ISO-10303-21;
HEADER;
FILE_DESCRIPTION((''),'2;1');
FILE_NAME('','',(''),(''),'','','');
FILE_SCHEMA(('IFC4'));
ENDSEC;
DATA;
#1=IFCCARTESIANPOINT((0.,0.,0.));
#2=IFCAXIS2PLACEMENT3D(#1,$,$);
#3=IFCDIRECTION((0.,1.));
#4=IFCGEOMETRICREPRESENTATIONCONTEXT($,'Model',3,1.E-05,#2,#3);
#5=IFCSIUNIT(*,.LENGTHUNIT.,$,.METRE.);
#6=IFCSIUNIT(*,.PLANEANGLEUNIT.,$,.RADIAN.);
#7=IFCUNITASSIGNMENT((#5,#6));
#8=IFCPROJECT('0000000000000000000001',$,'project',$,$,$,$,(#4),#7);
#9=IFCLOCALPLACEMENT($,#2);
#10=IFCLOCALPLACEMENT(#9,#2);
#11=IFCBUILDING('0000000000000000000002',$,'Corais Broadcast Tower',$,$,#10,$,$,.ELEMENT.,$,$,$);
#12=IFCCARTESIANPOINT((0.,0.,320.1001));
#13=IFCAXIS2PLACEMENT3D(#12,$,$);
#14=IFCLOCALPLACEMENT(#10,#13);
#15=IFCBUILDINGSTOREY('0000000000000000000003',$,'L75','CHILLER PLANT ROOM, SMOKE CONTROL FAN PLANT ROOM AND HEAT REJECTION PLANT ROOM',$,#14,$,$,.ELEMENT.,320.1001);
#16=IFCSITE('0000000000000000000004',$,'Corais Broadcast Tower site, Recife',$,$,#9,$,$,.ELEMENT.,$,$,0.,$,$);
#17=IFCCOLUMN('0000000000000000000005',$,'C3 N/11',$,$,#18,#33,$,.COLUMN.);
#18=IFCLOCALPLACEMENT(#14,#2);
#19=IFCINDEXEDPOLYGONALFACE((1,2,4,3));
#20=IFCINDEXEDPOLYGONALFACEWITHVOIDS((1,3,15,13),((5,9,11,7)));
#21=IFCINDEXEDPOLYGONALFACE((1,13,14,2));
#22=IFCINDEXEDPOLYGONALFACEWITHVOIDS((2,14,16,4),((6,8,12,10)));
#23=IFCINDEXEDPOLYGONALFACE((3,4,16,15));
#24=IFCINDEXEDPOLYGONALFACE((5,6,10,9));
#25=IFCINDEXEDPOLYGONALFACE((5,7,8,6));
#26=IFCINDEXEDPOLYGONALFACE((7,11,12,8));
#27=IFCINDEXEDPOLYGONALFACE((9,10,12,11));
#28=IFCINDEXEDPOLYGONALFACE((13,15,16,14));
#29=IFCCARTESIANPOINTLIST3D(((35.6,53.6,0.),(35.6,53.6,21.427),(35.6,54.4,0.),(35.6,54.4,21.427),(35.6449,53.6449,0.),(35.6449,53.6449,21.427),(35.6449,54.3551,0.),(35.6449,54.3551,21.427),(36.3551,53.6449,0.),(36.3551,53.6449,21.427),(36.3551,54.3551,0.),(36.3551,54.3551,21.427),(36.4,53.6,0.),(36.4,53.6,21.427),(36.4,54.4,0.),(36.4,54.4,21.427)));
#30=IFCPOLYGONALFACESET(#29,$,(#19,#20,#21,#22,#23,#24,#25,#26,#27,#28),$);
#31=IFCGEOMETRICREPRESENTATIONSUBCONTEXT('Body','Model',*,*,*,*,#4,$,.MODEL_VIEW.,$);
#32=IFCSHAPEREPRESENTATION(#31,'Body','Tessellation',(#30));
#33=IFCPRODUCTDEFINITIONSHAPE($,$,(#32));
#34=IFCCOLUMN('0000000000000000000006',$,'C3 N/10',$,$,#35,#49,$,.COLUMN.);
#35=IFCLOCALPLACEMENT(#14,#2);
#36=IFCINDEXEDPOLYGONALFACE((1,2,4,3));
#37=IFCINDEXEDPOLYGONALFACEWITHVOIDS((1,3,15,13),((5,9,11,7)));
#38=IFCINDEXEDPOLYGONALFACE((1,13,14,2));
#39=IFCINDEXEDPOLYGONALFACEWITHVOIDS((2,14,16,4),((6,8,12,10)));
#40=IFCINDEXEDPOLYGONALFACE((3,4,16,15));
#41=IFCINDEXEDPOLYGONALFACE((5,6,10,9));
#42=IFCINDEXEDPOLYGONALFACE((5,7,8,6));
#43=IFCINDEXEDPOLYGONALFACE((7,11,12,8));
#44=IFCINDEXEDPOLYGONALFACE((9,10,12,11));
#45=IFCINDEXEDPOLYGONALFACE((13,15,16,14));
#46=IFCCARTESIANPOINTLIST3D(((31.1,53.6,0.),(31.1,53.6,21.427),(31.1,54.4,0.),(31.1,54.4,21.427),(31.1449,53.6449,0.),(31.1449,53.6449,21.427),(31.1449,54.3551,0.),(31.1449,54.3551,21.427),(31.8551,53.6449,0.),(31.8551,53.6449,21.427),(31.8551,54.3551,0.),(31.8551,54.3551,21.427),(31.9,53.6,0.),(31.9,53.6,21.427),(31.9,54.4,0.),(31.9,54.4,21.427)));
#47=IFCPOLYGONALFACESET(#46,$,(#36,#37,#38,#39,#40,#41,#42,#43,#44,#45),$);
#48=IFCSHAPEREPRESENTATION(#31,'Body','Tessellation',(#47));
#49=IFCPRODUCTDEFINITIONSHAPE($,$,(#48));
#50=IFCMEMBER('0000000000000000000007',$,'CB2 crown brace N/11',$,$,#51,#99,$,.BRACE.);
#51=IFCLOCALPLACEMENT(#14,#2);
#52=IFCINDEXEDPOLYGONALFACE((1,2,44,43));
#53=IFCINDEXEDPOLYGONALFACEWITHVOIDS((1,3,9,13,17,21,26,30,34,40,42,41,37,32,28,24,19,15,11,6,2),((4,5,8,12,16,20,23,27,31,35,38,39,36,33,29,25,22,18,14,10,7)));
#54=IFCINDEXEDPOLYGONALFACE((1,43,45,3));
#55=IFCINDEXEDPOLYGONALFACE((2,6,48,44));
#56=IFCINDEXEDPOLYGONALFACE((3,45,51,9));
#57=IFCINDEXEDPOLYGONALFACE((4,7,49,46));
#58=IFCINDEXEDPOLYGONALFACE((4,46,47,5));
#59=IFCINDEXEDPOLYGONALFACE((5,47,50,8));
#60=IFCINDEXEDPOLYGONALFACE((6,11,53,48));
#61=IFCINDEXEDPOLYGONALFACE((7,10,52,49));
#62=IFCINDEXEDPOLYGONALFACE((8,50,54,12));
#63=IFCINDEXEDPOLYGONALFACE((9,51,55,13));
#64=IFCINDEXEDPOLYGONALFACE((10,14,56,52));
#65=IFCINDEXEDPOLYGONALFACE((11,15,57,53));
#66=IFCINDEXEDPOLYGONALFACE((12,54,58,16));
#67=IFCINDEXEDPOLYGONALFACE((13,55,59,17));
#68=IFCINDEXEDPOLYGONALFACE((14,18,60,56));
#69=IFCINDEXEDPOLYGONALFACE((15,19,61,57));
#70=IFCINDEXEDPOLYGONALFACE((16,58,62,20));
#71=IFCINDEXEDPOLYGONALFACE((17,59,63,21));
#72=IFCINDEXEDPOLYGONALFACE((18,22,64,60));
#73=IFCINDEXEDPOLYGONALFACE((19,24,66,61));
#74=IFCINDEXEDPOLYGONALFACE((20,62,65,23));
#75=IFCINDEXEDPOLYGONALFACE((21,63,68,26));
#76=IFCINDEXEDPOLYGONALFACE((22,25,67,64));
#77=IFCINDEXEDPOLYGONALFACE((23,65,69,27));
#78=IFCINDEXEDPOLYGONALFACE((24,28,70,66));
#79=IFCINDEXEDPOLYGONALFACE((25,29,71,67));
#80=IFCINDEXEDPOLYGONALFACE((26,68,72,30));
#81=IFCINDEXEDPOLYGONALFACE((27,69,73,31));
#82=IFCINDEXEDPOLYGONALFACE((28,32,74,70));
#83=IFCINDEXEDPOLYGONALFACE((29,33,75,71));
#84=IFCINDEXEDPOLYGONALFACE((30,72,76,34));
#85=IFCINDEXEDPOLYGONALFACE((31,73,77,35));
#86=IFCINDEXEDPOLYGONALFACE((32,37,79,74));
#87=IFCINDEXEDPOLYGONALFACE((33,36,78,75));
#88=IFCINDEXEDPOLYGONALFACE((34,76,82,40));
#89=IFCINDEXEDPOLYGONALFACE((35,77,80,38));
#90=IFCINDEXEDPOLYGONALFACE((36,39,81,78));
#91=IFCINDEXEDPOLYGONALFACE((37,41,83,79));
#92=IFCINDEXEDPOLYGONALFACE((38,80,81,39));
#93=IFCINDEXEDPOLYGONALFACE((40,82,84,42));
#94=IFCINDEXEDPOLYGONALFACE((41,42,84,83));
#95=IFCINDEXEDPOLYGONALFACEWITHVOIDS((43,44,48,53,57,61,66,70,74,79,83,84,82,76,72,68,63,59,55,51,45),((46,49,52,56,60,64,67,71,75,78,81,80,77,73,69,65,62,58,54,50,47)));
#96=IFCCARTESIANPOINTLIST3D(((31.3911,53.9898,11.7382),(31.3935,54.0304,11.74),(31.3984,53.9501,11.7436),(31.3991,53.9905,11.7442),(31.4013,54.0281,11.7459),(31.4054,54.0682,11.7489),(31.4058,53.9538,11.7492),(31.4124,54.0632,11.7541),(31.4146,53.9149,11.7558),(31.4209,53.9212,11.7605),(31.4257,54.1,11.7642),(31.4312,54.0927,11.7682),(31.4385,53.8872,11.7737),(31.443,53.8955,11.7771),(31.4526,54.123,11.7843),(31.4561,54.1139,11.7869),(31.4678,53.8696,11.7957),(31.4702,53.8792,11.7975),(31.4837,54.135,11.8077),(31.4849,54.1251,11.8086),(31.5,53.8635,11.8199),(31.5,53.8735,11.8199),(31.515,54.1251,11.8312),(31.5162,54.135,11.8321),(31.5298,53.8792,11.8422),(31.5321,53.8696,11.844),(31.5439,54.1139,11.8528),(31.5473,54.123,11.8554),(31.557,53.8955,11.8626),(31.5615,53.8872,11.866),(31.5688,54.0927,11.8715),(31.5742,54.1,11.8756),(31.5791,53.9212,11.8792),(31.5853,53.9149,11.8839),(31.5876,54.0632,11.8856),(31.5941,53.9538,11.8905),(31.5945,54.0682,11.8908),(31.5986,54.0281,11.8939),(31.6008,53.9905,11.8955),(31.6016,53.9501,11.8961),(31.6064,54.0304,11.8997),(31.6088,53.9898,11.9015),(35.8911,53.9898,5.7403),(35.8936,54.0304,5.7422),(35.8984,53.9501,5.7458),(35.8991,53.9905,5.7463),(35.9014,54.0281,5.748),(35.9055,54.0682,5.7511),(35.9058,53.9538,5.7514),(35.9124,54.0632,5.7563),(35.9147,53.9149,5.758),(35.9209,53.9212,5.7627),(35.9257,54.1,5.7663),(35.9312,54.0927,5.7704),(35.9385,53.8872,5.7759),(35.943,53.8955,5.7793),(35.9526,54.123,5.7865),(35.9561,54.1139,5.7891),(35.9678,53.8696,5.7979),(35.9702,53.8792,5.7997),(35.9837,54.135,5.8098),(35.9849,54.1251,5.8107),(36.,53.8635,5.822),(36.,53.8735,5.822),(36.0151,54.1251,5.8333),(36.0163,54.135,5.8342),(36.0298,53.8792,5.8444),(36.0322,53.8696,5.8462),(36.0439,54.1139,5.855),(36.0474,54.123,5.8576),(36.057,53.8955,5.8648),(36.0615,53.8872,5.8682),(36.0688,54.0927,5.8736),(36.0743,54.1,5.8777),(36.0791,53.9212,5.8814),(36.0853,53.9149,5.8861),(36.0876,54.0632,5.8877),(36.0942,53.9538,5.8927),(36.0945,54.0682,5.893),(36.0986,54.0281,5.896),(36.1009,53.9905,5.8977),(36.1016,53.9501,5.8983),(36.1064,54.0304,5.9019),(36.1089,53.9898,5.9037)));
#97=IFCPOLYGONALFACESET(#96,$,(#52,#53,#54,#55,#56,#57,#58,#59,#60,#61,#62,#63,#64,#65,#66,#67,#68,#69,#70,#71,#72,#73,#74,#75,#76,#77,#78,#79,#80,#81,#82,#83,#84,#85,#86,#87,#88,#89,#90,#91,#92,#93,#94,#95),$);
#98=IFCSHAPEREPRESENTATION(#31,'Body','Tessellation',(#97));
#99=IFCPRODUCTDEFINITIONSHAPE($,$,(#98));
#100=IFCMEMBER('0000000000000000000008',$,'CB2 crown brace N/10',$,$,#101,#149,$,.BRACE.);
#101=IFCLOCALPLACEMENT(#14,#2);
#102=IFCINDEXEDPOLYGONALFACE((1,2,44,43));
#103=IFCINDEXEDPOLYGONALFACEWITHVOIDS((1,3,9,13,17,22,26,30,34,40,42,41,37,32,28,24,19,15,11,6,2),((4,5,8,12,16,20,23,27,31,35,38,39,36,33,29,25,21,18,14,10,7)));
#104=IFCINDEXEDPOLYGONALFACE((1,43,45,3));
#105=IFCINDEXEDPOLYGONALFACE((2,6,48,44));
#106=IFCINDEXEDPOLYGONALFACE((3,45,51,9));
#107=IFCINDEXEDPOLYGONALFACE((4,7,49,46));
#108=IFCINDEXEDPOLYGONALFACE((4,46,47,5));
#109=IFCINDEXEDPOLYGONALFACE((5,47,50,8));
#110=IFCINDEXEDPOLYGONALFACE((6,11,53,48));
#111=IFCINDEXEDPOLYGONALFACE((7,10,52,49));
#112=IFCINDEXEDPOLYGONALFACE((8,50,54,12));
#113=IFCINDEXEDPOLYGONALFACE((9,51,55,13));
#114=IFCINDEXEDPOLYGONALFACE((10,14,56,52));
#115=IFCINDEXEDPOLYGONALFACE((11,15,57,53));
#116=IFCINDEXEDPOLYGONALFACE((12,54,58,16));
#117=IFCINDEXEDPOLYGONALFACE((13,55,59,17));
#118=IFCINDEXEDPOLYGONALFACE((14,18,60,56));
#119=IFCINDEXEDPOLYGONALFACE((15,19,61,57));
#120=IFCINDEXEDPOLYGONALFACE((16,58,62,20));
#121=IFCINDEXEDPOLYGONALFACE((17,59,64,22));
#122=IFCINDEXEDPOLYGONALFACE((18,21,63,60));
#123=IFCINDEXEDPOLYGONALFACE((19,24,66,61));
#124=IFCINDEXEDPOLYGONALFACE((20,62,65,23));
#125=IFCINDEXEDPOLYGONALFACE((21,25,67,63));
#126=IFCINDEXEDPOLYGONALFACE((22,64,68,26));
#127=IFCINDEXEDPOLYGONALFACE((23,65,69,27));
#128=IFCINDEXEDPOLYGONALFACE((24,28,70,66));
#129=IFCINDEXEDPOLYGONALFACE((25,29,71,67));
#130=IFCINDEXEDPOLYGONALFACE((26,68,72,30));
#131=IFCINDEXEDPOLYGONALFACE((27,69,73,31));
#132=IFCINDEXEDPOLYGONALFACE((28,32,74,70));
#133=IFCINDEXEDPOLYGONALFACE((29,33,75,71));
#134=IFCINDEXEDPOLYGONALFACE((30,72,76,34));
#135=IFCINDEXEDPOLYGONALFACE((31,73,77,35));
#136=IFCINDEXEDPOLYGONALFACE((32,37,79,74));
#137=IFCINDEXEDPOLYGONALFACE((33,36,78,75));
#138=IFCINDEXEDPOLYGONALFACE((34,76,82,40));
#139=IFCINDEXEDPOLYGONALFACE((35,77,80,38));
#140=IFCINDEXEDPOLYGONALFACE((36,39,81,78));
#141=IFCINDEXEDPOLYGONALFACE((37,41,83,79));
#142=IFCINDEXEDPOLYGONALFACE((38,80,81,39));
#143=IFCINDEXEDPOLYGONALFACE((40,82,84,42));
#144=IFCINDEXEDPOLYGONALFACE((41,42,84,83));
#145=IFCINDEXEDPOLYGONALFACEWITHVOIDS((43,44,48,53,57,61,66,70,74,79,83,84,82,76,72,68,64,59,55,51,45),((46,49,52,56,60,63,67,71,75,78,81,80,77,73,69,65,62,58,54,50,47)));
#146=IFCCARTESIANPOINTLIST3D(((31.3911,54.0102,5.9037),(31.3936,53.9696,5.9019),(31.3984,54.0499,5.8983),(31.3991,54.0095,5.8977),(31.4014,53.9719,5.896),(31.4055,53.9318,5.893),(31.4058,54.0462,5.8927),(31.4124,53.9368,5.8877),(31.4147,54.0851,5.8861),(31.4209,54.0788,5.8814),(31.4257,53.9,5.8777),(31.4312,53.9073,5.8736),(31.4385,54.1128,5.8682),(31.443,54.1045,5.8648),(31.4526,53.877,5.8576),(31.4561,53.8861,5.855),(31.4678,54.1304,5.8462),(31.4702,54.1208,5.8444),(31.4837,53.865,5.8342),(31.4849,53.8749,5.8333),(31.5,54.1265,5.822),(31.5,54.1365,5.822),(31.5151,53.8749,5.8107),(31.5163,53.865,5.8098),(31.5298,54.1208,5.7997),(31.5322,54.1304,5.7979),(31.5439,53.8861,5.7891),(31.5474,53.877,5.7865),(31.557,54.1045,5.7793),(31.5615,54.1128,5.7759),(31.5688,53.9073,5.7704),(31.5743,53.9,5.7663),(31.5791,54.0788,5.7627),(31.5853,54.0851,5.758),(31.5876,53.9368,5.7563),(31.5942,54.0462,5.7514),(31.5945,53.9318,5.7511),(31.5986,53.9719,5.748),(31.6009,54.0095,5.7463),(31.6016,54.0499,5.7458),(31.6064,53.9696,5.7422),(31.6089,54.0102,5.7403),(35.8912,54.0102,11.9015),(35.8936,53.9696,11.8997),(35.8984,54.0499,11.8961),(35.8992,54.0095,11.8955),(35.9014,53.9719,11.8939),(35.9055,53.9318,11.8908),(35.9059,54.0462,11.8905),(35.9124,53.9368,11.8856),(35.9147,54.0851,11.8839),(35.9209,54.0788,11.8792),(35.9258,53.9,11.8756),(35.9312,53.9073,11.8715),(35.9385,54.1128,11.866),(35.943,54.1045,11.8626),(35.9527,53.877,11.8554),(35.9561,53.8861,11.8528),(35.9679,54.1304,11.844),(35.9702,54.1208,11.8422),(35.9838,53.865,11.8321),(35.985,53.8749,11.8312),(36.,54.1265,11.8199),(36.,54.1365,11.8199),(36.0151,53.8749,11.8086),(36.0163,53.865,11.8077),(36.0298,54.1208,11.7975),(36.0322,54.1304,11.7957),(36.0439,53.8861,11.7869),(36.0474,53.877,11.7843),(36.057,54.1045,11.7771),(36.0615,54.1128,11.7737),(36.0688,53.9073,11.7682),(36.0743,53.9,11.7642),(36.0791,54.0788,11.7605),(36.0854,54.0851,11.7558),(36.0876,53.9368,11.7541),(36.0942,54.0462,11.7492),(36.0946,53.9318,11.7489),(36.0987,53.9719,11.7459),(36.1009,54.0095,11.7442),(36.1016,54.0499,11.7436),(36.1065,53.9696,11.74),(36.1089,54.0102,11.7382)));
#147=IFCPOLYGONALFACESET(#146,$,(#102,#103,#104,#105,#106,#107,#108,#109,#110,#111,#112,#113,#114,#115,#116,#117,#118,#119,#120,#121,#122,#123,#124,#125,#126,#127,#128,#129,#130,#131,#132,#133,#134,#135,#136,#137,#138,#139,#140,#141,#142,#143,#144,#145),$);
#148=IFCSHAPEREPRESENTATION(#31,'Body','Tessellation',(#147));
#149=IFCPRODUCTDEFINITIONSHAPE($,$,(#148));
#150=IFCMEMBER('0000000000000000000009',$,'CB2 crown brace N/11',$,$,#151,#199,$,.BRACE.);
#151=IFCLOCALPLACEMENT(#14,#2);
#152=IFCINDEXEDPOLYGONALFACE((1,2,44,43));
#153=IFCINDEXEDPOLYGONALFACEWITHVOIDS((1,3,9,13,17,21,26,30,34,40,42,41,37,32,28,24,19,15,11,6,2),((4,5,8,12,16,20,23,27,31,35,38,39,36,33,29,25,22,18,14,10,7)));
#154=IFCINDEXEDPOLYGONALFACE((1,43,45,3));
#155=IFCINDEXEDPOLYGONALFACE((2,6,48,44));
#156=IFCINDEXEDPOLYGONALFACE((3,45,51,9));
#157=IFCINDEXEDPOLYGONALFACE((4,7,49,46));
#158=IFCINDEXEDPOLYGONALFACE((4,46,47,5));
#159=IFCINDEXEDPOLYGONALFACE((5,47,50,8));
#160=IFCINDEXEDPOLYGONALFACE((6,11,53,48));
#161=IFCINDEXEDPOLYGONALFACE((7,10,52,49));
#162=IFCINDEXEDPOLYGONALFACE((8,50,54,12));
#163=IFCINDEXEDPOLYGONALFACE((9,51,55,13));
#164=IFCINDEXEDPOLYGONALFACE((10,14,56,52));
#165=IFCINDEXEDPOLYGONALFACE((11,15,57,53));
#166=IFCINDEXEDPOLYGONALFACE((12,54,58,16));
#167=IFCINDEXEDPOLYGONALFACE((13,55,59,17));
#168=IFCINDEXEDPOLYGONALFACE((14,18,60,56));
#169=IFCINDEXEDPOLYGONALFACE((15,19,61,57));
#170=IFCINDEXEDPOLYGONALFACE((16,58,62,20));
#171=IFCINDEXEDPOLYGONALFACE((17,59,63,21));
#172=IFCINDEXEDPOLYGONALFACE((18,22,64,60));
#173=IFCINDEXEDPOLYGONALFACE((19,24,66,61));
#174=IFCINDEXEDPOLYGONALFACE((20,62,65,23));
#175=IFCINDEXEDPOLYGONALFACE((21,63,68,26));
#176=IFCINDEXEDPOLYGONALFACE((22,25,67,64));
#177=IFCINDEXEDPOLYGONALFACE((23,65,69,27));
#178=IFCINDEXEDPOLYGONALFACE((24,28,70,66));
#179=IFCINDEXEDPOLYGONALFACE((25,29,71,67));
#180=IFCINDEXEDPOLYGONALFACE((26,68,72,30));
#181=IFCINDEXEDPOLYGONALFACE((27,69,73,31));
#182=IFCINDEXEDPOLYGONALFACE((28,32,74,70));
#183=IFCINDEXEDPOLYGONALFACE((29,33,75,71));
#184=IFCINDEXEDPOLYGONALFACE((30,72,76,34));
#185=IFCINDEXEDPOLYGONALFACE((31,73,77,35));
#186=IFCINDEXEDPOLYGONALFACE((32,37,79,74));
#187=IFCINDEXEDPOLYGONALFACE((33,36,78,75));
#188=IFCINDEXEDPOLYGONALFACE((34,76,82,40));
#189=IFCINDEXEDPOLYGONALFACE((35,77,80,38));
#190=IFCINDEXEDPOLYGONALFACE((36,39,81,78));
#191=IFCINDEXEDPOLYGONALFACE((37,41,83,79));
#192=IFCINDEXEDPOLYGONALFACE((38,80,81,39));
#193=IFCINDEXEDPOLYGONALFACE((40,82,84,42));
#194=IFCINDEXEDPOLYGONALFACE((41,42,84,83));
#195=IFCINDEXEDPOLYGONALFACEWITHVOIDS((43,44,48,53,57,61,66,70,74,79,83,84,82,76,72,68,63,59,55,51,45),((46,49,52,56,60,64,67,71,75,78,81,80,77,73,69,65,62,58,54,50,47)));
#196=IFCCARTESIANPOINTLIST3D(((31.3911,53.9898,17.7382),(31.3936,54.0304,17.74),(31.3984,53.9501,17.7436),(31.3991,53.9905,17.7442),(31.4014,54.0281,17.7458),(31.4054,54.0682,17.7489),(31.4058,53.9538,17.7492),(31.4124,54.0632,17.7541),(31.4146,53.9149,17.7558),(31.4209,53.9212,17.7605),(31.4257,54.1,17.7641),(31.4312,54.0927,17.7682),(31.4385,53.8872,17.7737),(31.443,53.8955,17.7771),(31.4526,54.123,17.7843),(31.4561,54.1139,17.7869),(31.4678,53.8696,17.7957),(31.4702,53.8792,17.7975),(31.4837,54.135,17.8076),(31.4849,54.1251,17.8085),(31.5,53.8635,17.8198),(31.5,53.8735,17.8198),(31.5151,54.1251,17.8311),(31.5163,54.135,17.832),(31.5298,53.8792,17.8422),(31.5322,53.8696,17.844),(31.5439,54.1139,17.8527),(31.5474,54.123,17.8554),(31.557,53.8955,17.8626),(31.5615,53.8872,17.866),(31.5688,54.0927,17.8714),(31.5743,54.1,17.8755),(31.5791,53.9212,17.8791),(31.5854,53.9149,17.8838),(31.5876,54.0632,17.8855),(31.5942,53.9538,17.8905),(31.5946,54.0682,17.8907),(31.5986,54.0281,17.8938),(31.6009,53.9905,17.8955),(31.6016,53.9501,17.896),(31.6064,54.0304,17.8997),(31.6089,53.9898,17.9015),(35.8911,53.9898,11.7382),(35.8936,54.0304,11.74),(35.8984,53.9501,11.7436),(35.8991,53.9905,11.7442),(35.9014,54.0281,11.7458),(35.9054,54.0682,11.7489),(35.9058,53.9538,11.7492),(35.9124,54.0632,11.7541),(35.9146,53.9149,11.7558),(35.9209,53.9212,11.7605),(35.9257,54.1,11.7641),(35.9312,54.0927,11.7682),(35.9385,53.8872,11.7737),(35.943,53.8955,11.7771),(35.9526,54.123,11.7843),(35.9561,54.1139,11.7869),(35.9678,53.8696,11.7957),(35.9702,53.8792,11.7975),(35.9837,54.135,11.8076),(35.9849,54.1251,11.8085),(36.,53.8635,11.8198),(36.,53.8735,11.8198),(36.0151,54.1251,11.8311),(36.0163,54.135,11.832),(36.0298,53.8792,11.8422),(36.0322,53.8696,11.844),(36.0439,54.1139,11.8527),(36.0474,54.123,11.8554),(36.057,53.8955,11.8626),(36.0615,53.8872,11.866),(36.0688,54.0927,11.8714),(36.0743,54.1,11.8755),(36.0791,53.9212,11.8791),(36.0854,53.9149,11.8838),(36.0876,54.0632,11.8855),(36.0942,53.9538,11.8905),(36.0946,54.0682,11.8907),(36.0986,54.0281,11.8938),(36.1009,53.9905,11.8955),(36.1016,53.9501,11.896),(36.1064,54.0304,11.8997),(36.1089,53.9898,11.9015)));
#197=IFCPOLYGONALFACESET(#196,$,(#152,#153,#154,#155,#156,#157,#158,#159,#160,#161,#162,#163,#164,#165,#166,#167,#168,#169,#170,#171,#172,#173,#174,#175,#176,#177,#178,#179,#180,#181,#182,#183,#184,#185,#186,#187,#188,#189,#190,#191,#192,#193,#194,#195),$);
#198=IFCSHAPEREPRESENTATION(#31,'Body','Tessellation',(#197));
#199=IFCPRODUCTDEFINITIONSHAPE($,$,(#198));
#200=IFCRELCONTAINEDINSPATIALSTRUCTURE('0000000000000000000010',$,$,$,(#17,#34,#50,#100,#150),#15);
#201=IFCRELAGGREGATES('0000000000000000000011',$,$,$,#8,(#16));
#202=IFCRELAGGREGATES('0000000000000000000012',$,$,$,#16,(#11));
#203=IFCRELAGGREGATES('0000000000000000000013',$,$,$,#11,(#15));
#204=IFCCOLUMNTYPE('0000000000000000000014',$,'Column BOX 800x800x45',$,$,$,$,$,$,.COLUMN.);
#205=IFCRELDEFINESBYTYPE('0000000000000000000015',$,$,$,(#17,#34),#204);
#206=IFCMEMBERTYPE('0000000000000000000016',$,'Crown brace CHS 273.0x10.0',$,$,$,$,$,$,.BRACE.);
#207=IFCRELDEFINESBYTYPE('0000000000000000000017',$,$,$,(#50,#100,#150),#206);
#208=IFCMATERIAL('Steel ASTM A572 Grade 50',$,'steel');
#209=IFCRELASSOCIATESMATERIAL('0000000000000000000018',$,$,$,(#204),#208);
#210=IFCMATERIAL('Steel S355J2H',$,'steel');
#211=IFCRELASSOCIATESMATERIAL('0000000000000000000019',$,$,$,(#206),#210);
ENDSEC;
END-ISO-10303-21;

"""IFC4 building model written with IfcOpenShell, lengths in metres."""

from ifc_helpers import new_model, si_unit, direction, frame, origin, origin_2d, place, context, subcontext, project, spatial, hollow_rectangle, hollow_circle, extrude, material, material_profile, profile_set, type_object, element, save


model = new_model("IFC4")

# Units and contexts
model_context = context("Model", 3, precision=1e-05, world=origin(), true_north=direction((0.0, 1.0)))
body_context = subcontext(model_context, "Body", "Model", "MODEL_VIEW")
ifc_project = project(units=[si_unit("LENGTHUNIT", "METRE"), si_unit("PLANEANGLEUNIT", "RADIAN")], contexts=[model_context])

# Site, building, storey
site_placement = place(None, origin())
site = spatial("IfcSite", under=ifc_project, at=site_placement, Name="Corais Broadcast Tower site, Recife", CompositionType="ELEMENT", RefElevation=0.0)
building_placement = place(site_placement, origin())
building = spatial("IfcBuilding", under=site, at=building_placement, Name="Corais Broadcast Tower", CompositionType="ELEMENT")
storey_placement = place(building_placement, frame((0.0, 0.0, 320.1001)))
storey = spatial("IfcBuildingStorey", under=building, at=storey_placement, Name="L75", Description="CHILLER PLANT ROOM, SMOKE CONTROL FAN PLANT ROOM AND HEAT REJECTION PLANT ROOM", CompositionType="ELEMENT", Elevation=320.1001)

# Columns
ifc_material_1 = material(Name="Steel ASTM A572 Grade 50", Category="steel")
ifc_material_profile_1 = material_profile(ifc_material_1, hollow_rectangle(XDim=0.8, YDim=0.8, WallThickness=0.0449, at=origin_2d()), Name="BOX 800x800x45")
ifc_profile_set_1 = profile_set([ifc_material_profile_1], Name="Steel ASTM A572 Grade 50")
column_type = type_object("IfcColumnType", Name="Column BOX 800x800x45", PredefinedType="COLUMN", material=ifc_profile_set_1)
for number, where, z_axis, x_axis, name in (
    (1, (36.0, 54.0, 0.0), (0.0, 0.0, 1.0), (1.0, 0.0, 0.0), "C3 N/11"),
    (2, (31.5, 54.0, 0.0), (0.0, 0.0, 1.0), (1.0, 0.0, 0.0), "C3 N/10"),
):
    element("IfcColumn", number, at=place(storey_placement, frame(where, z_axis=z_axis, x_axis=x_axis)), inside=storey, type_object=column_type, Name=name, PredefinedType="COLUMN", context=body_context, shape_type="SweptSolid", body=[
        extrude(hollow_rectangle(XDim=0.8, YDim=0.8, WallThickness=0.0449, at=origin_2d()), origin(), (0.0, 0.0, 1.0), 21.427),
    ])

# Members
ifc_material_2 = material(Name="Steel S355J2H", Category="steel")
ifc_material_profile_2 = material_profile(ifc_material_2, hollow_circle(Radius=0.1365, WallThickness=0.01, at=origin_2d()), Name="CHS 273.0x10.0")
ifc_profile_set_2 = profile_set([ifc_material_profile_2], Name="Steel S355J2H")
member_type_1 = type_object("IfcMemberType", Name="Crown brace CHS 273.0x10.0", PredefinedType="BRACE", material=ifc_profile_set_2)
for number, where, z_axis, x_axis, name in (
    (3, (36.0, 54.0, 5.822), (-0.600141, 0.0, 0.799894), (0.0, -1.0, 0.0), "CB2 crown brace N/11"),
    (4, (31.5, 54.0, 5.822), (0.600141, 0.0, 0.799894), (0.0, 1.0, 0.0), "CB2 crown brace N/10"),
):
    element("IfcMember", number, at=place(storey_placement, frame(where, z_axis=z_axis, x_axis=x_axis)), inside=storey, type_object=member_type_1, Name=name, PredefinedType="BRACE", context=body_context, shape_type="SweptSolid", body=[
        extrude(hollow_circle(Radius=0.1365, WallThickness=0.01, at=origin_2d()), origin(), (0.0, 0.0, 1.0), 7.4983),
    ])
for number, where, z_axis, x_axis, name in (
    (5, (36.0, 54.0, 11.8198), (-0.6, 0.0, 0.8), (0.0, -1.0, 0.0), "CB2 crown brace N/11"),
):
    element("IfcMember", number, at=place(storey_placement, frame(where, z_axis=z_axis, x_axis=x_axis)), inside=storey, type_object=member_type_1, Name=name, PredefinedType="BRACE", context=body_context, shape_type="SweptSolid", body=[
        extrude(hollow_circle(Radius=0.1365, WallThickness=0.01, at=origin_2d()), origin(), (0.0, 0.0, 1.0), 7.5),
    ])

save(model, "model.ifc")
